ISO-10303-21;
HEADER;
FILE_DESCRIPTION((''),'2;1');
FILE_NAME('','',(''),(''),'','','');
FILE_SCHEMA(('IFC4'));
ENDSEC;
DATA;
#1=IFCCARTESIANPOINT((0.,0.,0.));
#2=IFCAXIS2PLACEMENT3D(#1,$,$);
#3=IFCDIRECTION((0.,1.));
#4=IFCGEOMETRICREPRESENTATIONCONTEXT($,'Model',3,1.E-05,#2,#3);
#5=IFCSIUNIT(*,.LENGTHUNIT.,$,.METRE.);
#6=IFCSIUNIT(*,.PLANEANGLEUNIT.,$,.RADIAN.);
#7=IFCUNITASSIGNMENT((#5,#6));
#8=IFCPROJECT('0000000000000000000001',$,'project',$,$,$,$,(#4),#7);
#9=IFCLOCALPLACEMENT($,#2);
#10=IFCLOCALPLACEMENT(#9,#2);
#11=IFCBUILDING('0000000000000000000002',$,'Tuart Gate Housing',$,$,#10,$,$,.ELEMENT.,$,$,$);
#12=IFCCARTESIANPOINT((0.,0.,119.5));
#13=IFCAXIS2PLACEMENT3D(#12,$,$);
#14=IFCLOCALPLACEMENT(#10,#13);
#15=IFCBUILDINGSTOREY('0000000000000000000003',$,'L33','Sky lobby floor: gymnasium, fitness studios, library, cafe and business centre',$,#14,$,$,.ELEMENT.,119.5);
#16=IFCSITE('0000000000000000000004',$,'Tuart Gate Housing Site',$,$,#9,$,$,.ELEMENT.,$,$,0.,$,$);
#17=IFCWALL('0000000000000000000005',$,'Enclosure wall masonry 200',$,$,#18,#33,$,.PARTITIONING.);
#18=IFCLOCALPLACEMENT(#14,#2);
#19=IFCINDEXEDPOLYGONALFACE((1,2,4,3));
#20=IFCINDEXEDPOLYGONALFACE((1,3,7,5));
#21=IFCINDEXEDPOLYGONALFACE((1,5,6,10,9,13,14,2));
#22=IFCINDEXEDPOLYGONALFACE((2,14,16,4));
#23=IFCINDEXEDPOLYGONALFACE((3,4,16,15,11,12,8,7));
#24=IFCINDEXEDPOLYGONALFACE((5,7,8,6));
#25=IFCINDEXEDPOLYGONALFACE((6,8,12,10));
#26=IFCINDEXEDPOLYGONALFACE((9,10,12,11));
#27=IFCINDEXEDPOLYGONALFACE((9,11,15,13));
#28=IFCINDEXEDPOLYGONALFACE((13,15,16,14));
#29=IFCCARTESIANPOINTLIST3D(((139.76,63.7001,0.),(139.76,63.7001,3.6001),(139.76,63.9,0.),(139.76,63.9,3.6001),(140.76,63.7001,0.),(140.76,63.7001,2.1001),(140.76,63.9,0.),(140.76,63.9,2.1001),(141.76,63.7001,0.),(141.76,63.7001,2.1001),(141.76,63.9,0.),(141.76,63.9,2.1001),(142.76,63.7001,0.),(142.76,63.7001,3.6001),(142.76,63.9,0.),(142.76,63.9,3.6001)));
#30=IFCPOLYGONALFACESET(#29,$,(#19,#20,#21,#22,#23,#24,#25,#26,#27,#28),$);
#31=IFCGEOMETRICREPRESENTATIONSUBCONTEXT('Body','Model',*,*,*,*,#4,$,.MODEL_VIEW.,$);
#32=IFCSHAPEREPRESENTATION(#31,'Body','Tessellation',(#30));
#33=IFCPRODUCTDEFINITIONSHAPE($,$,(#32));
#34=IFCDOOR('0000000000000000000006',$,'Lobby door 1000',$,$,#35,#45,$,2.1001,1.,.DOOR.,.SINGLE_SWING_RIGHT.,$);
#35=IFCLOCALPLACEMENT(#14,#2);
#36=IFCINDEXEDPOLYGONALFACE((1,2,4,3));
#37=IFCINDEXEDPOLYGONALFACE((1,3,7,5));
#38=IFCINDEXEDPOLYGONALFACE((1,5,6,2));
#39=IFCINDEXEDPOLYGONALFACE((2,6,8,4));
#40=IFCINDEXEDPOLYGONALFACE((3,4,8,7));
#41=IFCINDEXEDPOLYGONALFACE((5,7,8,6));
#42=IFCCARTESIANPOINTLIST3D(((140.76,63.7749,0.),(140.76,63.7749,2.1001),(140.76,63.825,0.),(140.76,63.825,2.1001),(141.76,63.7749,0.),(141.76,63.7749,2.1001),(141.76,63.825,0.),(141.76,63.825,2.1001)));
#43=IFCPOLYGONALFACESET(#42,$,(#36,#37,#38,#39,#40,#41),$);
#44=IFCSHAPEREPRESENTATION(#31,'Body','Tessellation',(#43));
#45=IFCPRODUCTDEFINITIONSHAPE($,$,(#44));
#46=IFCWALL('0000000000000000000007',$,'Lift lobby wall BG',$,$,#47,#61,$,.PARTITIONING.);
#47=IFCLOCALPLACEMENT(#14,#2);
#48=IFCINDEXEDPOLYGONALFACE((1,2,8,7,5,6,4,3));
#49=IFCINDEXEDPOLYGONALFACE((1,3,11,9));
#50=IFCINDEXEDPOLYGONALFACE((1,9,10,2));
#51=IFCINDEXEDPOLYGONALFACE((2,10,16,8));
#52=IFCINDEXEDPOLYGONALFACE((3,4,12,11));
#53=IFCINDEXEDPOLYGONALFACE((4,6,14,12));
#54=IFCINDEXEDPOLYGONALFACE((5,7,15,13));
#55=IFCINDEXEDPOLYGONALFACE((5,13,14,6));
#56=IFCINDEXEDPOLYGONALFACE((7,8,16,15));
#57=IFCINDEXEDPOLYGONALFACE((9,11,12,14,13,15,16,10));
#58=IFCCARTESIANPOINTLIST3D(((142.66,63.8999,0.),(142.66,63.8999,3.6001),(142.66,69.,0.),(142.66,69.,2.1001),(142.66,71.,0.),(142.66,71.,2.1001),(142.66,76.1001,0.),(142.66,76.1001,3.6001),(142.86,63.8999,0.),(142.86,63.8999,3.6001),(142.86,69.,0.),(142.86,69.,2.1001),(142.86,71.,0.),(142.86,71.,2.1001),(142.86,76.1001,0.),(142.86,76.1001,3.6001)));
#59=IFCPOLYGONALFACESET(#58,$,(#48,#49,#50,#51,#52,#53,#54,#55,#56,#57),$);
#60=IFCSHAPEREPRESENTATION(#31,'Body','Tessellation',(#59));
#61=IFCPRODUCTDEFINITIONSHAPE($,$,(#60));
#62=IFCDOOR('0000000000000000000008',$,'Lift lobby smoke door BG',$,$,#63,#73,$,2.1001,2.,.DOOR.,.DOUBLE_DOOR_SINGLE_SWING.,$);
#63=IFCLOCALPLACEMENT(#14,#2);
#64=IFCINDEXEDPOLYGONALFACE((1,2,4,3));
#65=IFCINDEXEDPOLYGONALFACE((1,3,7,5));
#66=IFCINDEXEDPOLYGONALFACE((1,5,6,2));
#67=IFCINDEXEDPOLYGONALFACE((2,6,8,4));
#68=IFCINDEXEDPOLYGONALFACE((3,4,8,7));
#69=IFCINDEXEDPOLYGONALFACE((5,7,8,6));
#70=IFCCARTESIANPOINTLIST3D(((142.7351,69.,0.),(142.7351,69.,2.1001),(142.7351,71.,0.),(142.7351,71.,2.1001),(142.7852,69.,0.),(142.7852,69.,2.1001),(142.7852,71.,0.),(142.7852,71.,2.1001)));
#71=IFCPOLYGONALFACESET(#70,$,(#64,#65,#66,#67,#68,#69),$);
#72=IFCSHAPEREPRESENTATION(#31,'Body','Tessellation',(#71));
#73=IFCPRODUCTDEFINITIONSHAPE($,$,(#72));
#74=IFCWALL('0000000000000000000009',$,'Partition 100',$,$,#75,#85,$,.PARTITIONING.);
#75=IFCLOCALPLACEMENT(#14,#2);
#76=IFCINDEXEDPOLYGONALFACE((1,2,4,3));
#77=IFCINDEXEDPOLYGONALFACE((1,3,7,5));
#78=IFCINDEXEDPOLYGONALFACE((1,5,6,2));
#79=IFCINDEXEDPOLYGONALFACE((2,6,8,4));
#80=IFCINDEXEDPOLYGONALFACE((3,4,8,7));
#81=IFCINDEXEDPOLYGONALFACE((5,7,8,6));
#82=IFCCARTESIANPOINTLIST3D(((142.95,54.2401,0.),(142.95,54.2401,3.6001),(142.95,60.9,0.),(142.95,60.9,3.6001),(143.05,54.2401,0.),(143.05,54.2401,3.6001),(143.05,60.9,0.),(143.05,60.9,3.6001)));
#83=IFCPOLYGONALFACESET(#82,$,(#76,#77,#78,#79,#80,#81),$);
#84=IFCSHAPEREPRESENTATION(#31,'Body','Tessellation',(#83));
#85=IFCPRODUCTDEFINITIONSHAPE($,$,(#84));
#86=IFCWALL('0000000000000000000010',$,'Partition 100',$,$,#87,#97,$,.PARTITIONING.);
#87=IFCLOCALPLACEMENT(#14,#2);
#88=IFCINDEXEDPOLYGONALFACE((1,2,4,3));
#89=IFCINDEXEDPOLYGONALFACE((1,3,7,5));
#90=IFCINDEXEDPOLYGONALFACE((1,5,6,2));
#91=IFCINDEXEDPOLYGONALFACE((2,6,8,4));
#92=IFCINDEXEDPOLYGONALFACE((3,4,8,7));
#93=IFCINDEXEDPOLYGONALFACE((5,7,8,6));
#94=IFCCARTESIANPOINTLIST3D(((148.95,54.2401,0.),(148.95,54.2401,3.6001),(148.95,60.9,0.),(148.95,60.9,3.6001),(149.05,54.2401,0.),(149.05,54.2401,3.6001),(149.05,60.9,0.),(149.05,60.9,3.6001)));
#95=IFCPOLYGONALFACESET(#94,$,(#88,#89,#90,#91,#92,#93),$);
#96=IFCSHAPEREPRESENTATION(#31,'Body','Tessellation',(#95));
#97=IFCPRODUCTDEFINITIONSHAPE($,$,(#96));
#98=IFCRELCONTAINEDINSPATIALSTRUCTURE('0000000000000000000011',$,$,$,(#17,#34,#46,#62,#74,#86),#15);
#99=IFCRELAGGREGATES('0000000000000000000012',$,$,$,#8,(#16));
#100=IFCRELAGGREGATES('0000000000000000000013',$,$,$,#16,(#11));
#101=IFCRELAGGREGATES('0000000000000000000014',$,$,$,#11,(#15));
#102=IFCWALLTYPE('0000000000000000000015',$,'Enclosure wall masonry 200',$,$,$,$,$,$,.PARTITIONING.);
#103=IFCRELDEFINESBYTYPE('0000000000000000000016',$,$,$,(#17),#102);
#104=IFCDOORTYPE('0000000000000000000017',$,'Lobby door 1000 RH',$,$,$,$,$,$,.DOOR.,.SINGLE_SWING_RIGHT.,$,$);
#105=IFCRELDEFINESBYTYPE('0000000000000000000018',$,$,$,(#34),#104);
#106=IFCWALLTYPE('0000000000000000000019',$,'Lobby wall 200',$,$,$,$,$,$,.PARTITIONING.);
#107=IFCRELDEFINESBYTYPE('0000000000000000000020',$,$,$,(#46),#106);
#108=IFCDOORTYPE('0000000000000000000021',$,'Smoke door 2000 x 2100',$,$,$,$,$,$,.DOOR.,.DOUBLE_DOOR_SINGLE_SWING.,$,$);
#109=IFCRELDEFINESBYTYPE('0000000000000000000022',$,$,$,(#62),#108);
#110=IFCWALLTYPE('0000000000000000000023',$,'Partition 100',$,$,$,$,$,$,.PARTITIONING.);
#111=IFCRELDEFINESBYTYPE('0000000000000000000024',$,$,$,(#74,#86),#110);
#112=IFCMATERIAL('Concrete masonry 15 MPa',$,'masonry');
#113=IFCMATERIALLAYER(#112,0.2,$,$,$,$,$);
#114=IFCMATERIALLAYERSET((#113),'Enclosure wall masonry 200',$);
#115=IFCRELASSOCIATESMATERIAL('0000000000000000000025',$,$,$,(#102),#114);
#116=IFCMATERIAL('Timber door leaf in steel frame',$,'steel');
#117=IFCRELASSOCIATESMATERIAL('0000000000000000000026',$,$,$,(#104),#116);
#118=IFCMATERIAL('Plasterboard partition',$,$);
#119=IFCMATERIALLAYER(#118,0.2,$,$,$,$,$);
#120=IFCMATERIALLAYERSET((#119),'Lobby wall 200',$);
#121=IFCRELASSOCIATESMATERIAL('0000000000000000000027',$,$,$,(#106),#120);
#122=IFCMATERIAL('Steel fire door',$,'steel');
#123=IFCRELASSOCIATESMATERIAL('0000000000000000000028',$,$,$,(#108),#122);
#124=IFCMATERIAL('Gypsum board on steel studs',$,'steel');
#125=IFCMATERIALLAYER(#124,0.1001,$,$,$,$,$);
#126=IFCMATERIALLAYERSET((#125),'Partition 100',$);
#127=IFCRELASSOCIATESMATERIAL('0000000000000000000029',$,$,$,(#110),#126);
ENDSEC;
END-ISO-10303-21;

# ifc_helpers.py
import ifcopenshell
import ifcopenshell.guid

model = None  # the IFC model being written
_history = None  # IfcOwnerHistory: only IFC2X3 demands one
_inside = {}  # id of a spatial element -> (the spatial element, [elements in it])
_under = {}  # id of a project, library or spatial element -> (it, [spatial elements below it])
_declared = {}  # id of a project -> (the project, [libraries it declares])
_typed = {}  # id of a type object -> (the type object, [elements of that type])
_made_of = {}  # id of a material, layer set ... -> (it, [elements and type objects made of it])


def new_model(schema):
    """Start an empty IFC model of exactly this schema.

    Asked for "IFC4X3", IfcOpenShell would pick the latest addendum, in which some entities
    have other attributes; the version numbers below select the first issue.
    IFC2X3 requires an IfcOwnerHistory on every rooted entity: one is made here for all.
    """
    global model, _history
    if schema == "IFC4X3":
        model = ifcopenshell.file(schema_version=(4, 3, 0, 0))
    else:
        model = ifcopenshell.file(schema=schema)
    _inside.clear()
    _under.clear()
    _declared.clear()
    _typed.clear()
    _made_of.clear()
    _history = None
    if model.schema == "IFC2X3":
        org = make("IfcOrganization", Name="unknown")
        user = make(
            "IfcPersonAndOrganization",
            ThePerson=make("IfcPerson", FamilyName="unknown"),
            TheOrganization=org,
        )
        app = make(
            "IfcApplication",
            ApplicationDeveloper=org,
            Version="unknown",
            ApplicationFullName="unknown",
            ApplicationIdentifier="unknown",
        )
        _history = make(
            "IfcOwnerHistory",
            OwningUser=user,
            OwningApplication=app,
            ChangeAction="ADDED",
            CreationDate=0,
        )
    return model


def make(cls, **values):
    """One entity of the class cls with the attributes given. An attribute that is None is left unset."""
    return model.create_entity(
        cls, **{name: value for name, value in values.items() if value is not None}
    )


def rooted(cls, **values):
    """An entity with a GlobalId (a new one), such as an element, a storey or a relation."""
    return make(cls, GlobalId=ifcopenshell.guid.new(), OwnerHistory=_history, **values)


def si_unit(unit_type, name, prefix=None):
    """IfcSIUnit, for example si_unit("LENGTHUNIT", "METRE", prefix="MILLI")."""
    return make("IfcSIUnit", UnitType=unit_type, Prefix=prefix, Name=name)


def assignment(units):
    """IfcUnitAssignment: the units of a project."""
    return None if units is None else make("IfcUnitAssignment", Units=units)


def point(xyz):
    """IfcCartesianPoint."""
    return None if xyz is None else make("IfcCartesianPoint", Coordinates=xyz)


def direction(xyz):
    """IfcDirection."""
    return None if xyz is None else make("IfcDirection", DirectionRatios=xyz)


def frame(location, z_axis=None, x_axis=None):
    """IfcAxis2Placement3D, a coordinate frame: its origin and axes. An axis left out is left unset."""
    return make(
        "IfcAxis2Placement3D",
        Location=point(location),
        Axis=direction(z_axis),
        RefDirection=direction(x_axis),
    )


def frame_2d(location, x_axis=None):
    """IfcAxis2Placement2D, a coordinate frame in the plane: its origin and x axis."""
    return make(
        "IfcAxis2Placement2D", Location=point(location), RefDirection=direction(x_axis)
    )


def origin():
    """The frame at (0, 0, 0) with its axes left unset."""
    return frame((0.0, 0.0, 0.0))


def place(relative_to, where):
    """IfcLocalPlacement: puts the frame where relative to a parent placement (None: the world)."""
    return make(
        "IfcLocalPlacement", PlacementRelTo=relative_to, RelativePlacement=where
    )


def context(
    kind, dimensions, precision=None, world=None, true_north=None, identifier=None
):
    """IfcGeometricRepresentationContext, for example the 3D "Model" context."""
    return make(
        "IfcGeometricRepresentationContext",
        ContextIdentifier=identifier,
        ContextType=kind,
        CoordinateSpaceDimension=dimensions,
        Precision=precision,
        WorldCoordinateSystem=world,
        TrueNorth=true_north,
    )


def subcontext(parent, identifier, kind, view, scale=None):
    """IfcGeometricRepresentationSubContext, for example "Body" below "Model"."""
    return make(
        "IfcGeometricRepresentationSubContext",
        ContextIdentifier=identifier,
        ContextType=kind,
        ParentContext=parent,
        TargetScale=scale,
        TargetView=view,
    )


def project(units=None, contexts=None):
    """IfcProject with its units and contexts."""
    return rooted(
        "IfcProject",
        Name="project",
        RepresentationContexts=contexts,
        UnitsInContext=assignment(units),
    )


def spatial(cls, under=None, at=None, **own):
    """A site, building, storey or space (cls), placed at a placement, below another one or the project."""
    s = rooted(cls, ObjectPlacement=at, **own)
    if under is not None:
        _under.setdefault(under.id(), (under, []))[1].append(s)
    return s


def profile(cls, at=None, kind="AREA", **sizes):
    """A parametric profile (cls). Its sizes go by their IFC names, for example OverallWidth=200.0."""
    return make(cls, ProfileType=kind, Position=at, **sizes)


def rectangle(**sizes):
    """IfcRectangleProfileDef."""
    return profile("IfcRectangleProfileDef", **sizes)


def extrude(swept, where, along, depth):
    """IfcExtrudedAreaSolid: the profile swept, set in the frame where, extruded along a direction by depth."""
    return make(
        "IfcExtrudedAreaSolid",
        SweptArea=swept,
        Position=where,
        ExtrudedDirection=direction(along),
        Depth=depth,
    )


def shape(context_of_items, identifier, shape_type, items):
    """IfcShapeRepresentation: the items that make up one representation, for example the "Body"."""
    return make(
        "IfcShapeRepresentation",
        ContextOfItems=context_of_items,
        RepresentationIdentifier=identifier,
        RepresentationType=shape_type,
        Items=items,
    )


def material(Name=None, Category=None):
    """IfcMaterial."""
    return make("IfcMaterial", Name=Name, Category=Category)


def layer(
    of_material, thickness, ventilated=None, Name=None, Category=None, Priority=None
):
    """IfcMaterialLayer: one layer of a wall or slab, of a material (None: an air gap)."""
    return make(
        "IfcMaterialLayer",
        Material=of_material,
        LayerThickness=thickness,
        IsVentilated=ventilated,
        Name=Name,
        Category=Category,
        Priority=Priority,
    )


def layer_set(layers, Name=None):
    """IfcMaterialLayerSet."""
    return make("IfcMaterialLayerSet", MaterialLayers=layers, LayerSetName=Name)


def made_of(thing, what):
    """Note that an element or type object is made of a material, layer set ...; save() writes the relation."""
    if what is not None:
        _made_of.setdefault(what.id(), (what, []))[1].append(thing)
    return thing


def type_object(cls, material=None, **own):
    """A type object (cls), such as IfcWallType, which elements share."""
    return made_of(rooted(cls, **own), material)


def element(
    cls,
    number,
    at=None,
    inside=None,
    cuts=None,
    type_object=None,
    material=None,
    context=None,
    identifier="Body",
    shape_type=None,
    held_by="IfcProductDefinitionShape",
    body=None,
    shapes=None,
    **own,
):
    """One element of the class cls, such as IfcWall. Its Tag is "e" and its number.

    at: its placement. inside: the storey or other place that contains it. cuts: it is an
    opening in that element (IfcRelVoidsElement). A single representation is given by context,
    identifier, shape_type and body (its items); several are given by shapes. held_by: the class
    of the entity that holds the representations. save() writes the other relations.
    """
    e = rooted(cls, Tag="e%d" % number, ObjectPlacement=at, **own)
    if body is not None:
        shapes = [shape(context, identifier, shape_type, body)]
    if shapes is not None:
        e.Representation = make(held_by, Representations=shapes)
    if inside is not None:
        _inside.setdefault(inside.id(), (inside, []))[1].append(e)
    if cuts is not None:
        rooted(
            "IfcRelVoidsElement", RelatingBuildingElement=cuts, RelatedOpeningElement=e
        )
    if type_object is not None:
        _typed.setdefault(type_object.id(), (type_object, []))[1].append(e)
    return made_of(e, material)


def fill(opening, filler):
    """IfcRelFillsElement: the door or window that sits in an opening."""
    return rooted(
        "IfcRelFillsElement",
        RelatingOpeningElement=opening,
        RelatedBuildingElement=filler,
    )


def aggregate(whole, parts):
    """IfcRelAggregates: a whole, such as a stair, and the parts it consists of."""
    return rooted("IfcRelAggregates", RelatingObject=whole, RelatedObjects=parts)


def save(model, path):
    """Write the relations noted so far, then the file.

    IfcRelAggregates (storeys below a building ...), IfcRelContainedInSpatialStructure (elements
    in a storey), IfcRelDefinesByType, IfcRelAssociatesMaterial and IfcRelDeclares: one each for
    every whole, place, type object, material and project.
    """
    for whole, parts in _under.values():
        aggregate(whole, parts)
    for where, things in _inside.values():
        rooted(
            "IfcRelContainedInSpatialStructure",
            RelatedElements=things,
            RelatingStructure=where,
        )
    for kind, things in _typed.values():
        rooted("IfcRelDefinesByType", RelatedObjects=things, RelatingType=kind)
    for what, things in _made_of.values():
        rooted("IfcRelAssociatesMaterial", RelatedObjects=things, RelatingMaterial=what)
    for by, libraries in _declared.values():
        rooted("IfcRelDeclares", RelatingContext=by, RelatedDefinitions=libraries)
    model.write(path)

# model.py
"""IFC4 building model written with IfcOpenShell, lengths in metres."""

from ifc_helpers import new_model, si_unit, direction, frame, frame_2d, origin, place, context, subcontext, project, spatial, rectangle, extrude, material, layer, layer_set, type_object, element, fill, save


model = new_model("IFC4")

# Units and contexts
model_context = context("Model", 3, precision=1e-05, world=origin(), true_north=direction((0.0, 1.0)))
body_context = subcontext(model_context, "Body", "Model", "MODEL_VIEW")
ifc_project = project(units=[si_unit("LENGTHUNIT", "METRE"), si_unit("PLANEANGLEUNIT", "RADIAN")], contexts=[model_context])

# Site, building, storey
site_placement = place(None, origin())
site = spatial("IfcSite", under=ifc_project, at=site_placement, Name="Tuart Gate Housing Site", CompositionType="ELEMENT", RefElevation=0.0)
building_placement = place(site_placement, origin())
building = spatial("IfcBuilding", under=site, at=building_placement, Name="Tuart Gate Housing", CompositionType="ELEMENT")
storey_placement = place(building_placement, frame((0.0, 0.0, 119.5)))
storey = spatial("IfcBuildingStorey", under=building, at=storey_placement, Name="L33", Description="Sky lobby floor: gymnasium, fitness studios, library, cafe and business centre", CompositionType="ELEMENT", Elevation=119.5)

# Walls, openings, doors
ifc_material_1 = material(Name="Concrete masonry 15 MPa", Category="masonry")
ifc_layer_1 = layer(ifc_material_1, 0.2)
ifc_layer_set_1 = layer_set([ifc_layer_1], Name="Enclosure wall masonry 200")
wall_type_1 = type_object("IfcWallType", Name="Enclosure wall masonry 200", PredefinedType="PARTITIONING", material=ifc_layer_set_1)
wall_1_placement = place(storey_placement, frame((139.76, 63.8, 0.0), z_axis=(0.0, 0.0, 1.0), x_axis=(1.0, 0.0, 0.0)))
wall_1 = element("IfcWall", 1, at=wall_1_placement, inside=storey, type_object=wall_type_1, Name="Enclosure wall masonry 200", PredefinedType="PARTITIONING", context=body_context, shape_type="SweptSolid", body=[
    extrude(rectangle(XDim=3.0, YDim=0.2, at=frame_2d((1.5, 0.0))), origin(), (0.0, 0.0, 1.0), 3.6001),
])
opening_1_placement = place(wall_1_placement, frame((1.0, 0.0, 0.0)))
opening_1 = element("IfcOpeningElement", 2, at=opening_1_placement, cuts=wall_1, PredefinedType="OPENING", context=body_context, shape_type="SweptSolid", body=[
    extrude(rectangle(XDim=1.0, YDim=2.1001, at=frame_2d((0.5, 1.05))), frame((0.0, 0.1099, 0.0), z_axis=(0.0, -1.0, 0.0), x_axis=(1.0, 0.0, 0.0)), (0.0, 0.0, 1.0), 0.22),
])
ifc_material_2 = material(Name="Timber door leaf in steel frame", Category="steel")
door_type_1 = type_object("IfcDoorType", Name="Lobby door 1000 RH", OperationType="SINGLE_SWING_RIGHT", PredefinedType="DOOR", material=ifc_material_2)
door_1_placement = place(opening_1_placement, origin())
door_1 = element("IfcDoor", 3, at=door_1_placement, inside=storey, type_object=door_type_1, Name="Lobby door 1000", OperationType="SINGLE_SWING_RIGHT", OverallHeight=2.1001, OverallWidth=1.0, PredefinedType="DOOR", context=body_context, shape_type="SweptSolid", body=[
    extrude(rectangle(XDim=1.0, YDim=2.1001, at=frame_2d((0.5, 1.05))), frame((0.0, 0.0249, 0.0), z_axis=(0.0, -1.0, 0.0), x_axis=(1.0, 0.0, 0.0)), (0.0, 0.0, 1.0), 0.05),
])
fill(opening_1, door_1)
ifc_material_3 = material(Name="Plasterboard partition")
ifc_layer_2 = layer(ifc_material_3, 0.2)
ifc_layer_set_2 = layer_set([ifc_layer_2], Name="Lobby wall 200")
wall_type_2 = type_object("IfcWallType", Name="Lobby wall 200", PredefinedType="PARTITIONING", material=ifc_layer_set_2)
wall_2_placement = place(storey_placement, frame((142.76, 63.8999, 0.0), z_axis=(0.0, 0.0, 1.0), x_axis=(0.0, 1.0, 0.0)))
wall_2 = element("IfcWall", 4, at=wall_2_placement, inside=storey, type_object=wall_type_2, Name="Lift lobby wall BG", PredefinedType="PARTITIONING", context=body_context, shape_type="SweptSolid", body=[
    extrude(rectangle(XDim=12.2002, YDim=0.2, at=frame_2d((6.1001, 0.0))), origin(), (0.0, 0.0, 1.0), 3.6001),
])
opening_2_placement = place(wall_2_placement, frame((5.1001, 0.0, 0.0)))
opening_2 = element("IfcOpeningElement", 5, at=opening_2_placement, cuts=wall_2, PredefinedType="OPENING", context=body_context, shape_type="SweptSolid", body=[
    extrude(rectangle(XDim=2.0, YDim=2.1001, at=frame_2d((1.0, 1.05))), frame((0.0, 0.1099, 0.0), z_axis=(0.0, -1.0, 0.0), x_axis=(1.0, 0.0, 0.0)), (0.0, 0.0, 1.0), 0.22),
])
ifc_material_4 = material(Name="Steel fire door", Category="steel")
door_type_2 = type_object("IfcDoorType", Name="Smoke door 2000 x 2100", OperationType="DOUBLE_DOOR_SINGLE_SWING", PredefinedType="DOOR", material=ifc_material_4)
door_2_placement = place(opening_2_placement, origin())
door_2 = element("IfcDoor", 6, at=door_2_placement, inside=storey, type_object=door_type_2, Name="Lift lobby smoke door BG", OperationType="DOUBLE_DOOR_SINGLE_SWING", OverallHeight=2.1001, OverallWidth=2.0, PredefinedType="DOOR", context=body_context, shape_type="SweptSolid", body=[
    extrude(rectangle(XDim=2.0, YDim=2.1001, at=frame_2d((1.0, 1.05))), frame((0.0, 0.0249, 0.0), z_axis=(0.0, -1.0, 0.0), x_axis=(1.0, 0.0, 0.0)), (0.0, 0.0, 1.0), 0.05),
])
fill(opening_2, door_2)

# Walls
ifc_material_5 = material(Name="Gypsum board on steel studs", Category="steel")
ifc_layer_3 = layer(ifc_material_5, 0.1001)
ifc_layer_set_3 = layer_set([ifc_layer_3], Name="Partition 100")
wall_type_3 = type_object("IfcWallType", Name="Partition 100", PredefinedType="PARTITIONING", material=ifc_layer_set_3)
for number, where, z_axis, x_axis, name in (
    (7, (143.0, 54.24, 0.0), (0.0, 0.0, 1.0), (0.0, 1.0, 0.0), "Partition 100"),
    (8, (149.0, 54.24, 0.0), (0.0, 0.0, 1.0), (0.0, 1.0, 0.0), "Partition 100"),
):
    element("IfcWall", number, at=place(storey_placement, frame(where, z_axis=z_axis, x_axis=x_axis)), inside=storey, type_object=wall_type_3, Name=name, PredefinedType="PARTITIONING", context=body_context, shape_type="SweptSolid", body=[
        extrude(rectangle(XDim=6.6599, YDim=0.1001, at=frame_2d((3.3301, 0.0))), origin(), (0.0, 0.0, 1.0), 3.6001),
    ])

save(model, "model.ifc")
